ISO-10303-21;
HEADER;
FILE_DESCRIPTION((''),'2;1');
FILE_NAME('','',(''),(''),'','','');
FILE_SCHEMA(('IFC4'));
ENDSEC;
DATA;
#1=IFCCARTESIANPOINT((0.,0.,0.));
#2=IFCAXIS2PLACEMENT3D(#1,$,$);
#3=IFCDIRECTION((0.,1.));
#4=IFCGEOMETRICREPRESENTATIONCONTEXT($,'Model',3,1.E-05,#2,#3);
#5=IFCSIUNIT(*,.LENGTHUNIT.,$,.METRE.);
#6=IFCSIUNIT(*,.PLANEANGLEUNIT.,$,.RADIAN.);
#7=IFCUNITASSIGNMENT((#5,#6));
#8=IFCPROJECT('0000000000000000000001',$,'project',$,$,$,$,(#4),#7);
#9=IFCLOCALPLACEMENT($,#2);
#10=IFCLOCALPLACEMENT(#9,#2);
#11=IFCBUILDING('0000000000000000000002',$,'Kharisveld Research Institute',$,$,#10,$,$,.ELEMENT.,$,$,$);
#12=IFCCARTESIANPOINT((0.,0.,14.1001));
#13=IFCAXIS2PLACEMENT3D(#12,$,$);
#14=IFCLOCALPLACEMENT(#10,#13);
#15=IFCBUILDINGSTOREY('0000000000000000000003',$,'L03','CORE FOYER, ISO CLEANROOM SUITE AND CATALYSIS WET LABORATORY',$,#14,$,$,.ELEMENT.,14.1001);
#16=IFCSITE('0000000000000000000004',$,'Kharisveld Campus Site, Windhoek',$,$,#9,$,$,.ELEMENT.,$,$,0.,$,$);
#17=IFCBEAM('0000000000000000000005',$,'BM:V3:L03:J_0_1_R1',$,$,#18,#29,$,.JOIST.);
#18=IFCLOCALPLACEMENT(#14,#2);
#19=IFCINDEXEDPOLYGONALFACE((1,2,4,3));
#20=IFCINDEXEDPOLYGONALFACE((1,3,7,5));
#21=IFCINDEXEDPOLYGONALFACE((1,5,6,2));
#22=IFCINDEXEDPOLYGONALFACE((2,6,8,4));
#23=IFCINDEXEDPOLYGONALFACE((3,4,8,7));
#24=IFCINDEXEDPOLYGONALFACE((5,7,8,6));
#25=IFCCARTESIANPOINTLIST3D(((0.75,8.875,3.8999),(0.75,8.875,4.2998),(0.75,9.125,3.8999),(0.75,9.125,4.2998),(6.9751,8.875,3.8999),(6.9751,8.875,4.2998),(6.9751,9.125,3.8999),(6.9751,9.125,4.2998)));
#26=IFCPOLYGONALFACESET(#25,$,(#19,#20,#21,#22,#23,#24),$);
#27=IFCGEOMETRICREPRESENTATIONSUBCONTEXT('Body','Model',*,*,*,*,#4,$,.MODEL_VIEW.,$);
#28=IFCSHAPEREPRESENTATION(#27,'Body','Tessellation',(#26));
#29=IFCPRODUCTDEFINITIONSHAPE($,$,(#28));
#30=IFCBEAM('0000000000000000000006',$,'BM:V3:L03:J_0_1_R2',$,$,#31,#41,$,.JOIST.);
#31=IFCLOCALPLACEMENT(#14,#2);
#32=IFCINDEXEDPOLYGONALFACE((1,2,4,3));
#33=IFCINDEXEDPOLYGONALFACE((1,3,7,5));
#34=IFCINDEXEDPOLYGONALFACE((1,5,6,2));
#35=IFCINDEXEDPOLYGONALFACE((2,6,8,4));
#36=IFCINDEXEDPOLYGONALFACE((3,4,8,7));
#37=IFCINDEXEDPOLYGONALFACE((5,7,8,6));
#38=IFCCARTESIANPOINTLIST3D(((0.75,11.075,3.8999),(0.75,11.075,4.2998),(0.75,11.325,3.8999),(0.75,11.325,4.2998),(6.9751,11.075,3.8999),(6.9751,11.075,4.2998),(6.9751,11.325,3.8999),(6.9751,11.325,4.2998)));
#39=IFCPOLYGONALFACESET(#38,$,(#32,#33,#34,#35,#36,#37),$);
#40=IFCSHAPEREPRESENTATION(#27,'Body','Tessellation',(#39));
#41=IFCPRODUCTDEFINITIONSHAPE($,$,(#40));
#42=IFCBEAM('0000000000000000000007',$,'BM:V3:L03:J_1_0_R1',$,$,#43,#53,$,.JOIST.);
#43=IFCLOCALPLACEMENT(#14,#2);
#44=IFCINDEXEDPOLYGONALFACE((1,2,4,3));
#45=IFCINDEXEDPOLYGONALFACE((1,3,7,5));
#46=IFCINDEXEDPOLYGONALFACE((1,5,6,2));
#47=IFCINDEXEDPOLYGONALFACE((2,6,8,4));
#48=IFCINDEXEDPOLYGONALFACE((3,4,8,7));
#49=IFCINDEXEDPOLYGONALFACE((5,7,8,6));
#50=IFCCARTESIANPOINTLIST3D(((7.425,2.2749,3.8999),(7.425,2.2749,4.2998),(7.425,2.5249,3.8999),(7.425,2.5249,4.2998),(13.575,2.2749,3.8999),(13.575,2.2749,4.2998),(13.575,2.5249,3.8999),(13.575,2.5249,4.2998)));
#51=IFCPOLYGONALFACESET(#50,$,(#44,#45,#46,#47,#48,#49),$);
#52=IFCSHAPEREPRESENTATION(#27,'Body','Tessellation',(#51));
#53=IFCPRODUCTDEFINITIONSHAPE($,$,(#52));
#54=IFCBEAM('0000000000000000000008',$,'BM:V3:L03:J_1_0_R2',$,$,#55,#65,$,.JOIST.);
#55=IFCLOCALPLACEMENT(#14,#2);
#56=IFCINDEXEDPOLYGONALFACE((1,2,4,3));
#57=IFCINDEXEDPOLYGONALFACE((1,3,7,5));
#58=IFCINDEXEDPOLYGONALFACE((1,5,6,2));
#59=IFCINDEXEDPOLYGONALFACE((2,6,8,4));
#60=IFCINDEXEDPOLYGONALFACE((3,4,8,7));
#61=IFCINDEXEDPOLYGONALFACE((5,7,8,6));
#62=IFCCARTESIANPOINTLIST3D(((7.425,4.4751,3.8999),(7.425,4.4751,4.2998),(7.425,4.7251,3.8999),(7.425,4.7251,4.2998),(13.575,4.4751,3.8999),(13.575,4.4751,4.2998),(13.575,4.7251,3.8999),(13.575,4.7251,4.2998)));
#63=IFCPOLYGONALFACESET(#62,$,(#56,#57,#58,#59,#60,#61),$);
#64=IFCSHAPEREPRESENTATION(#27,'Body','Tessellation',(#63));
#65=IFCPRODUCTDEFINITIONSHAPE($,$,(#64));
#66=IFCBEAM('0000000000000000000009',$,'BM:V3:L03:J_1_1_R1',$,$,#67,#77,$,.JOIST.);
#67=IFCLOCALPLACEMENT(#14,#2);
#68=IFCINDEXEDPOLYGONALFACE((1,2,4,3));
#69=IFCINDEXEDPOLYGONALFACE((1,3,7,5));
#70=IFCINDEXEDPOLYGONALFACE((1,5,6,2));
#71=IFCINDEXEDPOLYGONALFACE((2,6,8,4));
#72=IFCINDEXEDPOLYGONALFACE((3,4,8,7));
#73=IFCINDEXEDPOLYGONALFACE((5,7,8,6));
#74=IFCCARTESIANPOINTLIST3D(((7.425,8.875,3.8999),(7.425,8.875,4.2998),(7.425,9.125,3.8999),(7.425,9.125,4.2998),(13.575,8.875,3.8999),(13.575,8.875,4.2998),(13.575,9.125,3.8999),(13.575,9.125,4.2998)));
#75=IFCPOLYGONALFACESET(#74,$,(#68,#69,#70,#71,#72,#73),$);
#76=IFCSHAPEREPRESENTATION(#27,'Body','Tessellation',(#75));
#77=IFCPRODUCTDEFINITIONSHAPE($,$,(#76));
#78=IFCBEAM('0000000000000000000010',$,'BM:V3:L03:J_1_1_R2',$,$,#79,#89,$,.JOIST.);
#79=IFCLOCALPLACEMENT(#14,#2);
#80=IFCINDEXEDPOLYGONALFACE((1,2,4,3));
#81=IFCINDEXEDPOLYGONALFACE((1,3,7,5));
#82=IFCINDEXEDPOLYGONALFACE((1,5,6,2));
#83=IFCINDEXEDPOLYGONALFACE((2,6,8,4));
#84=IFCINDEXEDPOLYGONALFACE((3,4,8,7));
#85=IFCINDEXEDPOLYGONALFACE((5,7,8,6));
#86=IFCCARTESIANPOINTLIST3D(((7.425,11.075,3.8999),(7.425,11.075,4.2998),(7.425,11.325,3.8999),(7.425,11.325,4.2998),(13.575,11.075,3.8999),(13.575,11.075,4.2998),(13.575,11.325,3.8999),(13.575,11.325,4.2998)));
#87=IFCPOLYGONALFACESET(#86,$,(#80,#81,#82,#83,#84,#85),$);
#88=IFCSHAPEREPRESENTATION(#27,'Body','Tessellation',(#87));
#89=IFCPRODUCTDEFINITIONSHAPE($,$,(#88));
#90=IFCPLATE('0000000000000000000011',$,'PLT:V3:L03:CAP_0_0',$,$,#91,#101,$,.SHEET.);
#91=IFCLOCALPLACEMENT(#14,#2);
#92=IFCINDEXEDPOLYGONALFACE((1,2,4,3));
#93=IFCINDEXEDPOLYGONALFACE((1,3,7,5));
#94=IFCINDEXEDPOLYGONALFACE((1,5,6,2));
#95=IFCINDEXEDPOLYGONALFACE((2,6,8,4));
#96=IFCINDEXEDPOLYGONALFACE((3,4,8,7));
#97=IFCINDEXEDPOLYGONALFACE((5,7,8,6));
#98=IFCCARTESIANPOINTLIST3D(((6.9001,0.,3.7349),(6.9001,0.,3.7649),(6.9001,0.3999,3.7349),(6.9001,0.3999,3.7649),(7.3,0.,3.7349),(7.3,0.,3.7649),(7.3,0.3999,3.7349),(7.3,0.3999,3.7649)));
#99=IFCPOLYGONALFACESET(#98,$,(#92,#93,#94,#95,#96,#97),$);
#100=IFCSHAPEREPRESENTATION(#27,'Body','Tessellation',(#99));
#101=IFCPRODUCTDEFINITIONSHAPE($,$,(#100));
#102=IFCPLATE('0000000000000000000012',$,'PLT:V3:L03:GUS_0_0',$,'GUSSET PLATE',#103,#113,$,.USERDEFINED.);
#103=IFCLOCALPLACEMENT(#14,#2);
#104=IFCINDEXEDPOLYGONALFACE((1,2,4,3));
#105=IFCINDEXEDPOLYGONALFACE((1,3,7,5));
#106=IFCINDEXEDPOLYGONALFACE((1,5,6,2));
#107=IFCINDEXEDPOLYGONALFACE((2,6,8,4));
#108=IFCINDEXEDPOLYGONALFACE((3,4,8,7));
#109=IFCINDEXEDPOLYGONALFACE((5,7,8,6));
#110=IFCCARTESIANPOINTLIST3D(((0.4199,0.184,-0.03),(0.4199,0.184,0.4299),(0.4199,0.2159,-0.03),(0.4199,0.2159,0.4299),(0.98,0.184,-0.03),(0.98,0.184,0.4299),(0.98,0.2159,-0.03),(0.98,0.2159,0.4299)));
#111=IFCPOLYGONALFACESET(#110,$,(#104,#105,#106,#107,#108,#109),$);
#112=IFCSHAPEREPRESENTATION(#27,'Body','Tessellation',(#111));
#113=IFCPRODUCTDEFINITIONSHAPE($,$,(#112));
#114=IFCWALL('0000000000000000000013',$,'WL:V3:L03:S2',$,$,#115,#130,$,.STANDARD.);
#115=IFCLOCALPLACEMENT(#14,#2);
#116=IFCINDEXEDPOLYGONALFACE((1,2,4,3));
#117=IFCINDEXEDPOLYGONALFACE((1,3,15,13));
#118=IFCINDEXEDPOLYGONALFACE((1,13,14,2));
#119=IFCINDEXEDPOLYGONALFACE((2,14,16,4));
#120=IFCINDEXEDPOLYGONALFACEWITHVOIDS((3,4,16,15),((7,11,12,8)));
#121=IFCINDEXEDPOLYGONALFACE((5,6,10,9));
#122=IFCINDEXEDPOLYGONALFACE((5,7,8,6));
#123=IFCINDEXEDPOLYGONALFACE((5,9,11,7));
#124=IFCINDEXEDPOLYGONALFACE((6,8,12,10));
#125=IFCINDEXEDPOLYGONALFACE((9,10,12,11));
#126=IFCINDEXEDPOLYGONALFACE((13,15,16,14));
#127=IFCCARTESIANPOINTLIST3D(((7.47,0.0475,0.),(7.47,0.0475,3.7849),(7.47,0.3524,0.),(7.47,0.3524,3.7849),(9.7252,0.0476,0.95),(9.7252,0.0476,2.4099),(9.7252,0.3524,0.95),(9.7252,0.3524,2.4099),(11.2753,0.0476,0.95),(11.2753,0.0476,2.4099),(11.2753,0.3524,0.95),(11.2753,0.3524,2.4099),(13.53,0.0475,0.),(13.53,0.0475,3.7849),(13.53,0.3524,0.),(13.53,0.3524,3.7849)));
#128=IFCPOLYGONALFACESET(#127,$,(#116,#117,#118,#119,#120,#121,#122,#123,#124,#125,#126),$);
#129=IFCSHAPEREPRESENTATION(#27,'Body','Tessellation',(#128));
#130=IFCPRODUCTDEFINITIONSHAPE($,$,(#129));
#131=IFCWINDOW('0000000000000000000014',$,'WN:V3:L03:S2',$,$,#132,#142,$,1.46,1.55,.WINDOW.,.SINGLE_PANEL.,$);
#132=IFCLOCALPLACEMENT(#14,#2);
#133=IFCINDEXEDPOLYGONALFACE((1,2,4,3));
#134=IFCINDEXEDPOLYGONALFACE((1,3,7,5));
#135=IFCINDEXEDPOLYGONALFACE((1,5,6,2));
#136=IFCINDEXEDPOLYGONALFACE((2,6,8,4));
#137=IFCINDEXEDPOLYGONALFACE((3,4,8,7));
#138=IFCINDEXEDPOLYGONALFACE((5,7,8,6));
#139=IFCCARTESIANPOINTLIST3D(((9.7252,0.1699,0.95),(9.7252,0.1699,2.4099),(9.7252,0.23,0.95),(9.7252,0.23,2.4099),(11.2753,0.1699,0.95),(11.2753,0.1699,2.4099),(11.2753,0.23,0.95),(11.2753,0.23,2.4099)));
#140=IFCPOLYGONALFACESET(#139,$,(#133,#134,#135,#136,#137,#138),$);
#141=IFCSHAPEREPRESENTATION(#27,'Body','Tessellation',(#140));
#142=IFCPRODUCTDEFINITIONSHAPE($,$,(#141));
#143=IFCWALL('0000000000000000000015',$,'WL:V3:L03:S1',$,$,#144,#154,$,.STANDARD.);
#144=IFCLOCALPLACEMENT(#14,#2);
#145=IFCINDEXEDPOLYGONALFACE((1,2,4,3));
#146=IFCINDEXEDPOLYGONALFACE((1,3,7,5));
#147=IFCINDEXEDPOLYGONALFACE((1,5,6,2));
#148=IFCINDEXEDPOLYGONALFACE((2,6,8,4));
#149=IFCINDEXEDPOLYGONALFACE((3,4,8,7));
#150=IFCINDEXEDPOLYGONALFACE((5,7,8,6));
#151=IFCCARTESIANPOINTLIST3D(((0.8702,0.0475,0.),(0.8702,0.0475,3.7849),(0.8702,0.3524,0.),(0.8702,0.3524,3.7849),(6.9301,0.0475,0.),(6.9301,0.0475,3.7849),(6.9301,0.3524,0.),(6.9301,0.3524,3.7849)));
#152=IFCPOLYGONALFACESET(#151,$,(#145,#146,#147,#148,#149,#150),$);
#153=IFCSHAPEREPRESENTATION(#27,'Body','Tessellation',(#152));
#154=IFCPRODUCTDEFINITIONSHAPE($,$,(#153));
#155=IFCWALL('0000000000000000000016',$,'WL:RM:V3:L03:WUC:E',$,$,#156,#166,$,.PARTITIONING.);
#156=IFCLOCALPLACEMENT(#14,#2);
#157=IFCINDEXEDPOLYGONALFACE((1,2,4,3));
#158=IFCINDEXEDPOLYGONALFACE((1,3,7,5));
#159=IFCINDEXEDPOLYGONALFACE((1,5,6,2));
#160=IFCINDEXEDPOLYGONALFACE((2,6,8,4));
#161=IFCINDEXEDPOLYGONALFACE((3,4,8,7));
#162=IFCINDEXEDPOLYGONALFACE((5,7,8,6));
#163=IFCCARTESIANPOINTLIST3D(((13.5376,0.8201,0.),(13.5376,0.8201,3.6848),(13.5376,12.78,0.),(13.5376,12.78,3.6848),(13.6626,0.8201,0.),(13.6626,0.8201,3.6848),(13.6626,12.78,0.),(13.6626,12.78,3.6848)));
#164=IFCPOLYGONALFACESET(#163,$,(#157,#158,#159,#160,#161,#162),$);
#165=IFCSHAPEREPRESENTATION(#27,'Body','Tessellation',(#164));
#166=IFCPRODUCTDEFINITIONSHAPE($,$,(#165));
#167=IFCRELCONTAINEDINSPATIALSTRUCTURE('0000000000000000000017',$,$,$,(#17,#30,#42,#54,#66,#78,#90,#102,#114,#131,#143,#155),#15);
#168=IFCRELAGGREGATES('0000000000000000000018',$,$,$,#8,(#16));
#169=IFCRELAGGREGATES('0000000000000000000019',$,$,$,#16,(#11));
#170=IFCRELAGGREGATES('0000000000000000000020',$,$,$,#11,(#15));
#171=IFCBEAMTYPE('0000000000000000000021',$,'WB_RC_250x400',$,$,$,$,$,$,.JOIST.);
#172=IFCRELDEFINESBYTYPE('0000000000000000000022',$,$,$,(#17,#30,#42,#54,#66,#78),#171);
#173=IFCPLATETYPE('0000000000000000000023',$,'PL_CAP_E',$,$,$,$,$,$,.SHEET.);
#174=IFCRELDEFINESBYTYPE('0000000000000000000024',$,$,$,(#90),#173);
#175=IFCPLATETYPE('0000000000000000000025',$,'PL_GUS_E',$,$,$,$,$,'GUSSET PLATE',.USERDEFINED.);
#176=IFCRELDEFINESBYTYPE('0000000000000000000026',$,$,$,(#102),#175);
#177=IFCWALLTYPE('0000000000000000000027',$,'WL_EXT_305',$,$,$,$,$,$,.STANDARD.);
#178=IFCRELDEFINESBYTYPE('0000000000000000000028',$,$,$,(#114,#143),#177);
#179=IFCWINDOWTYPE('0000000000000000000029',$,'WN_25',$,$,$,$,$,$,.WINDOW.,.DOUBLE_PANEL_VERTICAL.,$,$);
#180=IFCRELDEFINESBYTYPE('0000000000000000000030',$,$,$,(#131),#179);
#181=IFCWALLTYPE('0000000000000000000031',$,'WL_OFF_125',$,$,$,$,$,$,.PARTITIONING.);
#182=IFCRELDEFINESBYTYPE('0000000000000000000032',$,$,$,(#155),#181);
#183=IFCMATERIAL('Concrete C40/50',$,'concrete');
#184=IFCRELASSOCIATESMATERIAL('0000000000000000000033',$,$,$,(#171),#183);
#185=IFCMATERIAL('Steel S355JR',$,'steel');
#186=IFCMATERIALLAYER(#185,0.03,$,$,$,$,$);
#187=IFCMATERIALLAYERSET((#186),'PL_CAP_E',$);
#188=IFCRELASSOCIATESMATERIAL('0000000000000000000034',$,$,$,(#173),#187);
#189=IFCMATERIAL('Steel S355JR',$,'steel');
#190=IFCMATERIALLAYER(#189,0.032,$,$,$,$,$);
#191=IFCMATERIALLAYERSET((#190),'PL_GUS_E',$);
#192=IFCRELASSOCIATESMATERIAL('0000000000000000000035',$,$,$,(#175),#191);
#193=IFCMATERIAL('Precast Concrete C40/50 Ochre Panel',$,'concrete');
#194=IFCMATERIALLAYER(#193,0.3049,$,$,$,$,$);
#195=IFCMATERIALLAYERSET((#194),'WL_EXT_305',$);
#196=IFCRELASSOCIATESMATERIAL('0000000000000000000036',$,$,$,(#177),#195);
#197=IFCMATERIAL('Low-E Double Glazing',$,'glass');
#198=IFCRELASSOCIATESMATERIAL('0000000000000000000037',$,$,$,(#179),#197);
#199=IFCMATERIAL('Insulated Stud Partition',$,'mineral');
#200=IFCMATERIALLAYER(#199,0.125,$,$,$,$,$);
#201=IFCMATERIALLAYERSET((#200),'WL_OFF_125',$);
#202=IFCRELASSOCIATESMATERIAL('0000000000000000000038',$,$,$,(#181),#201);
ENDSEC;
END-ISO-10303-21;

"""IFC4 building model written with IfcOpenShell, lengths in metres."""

from ifc_helpers import new_model, si_unit, direction, frame, frame_2d, origin, origin_2d, place, context, subcontext, project, spatial, rectangle, extrude, material, layer, layer_set, material_profile, profile_set, type_object, element, fill, save


model = new_model("IFC4")

# Units and contexts
model_context = context("Model", 3, precision=1e-05, world=origin(), true_north=direction((0.0, 1.0)))
body_context = subcontext(model_context, "Body", "Model", "MODEL_VIEW")
ifc_project = project(units=[si_unit("LENGTHUNIT", "METRE"), si_unit("PLANEANGLEUNIT", "RADIAN")], contexts=[model_context])

# Site, building, storey
site_placement = place(None, origin())
site = spatial("IfcSite", under=ifc_project, at=site_placement, Name="Kharisveld Campus Site, Windhoek", CompositionType="ELEMENT", RefElevation=0.0)
building_placement = place(site_placement, origin())
building = spatial("IfcBuilding", under=site, at=building_placement, Name="Kharisveld Research Institute", CompositionType="ELEMENT")
storey_placement = place(building_placement, frame((0.0, 0.0, 14.1001)))
storey = spatial("IfcBuildingStorey", under=building, at=storey_placement, Name="L03", Description="CORE FOYER, ISO CLEANROOM SUITE AND CATALYSIS WET LABORATORY", CompositionType="ELEMENT", Elevation=14.1001)

# Beams
ifc_material_1 = material(Name="Concrete C40/50", Category="concrete")
ifc_material_profile_1 = material_profile(ifc_material_1, rectangle(XDim=0.25, YDim=0.3999, at=origin_2d()))
ifc_profile_set_1 = profile_set([ifc_material_profile_1], Name="Concrete C40/50")
beam_type_1 = type_object("IfcBeamType", Name="WB_RC_250x400", PredefinedType="JOIST", material=ifc_profile_set_1)
for number, where, z_axis, x_axis, name in (
    (1, (0.75, 9.0, 4.0999), (1.0, 0.0, 0.0), (0.0, 1.0, 0.0), "BM:V3:L03:J_0_1_R1"),
    (2, (0.75, 11.2, 4.0999), (1.0, 0.0, 0.0), (0.0, 1.0, 0.0), "BM:V3:L03:J_0_1_R2"),
):
    element("IfcBeam", number, at=place(storey_placement, frame(where, z_axis=z_axis, x_axis=x_axis)), inside=storey, type_object=beam_type_1, Name=name, PredefinedType="JOIST", context=body_context, shape_type="SweptSolid", body=[
        extrude(rectangle(XDim=0.25, YDim=0.3999, at=origin_2d()), origin(), (0.0, 0.0, 1.0), 6.2251),
    ])
for number, where, z_axis, x_axis, name in (
    (3, (7.425, 2.3999, 4.0999), (1.0, 0.0, 0.0), (0.0, 1.0, 0.0), "BM:V3:L03:J_1_0_R1"),
    (4, (7.425, 4.6001, 4.0999), (1.0, 0.0, 0.0), (0.0, 1.0, 0.0), "BM:V3:L03:J_1_0_R2"),
    (5, (7.425, 9.0, 4.0999), (1.0, 0.0, 0.0), (0.0, 1.0, 0.0), "BM:V3:L03:J_1_1_R1"),
    (6, (7.425, 11.2, 4.0999), (1.0, 0.0, 0.0), (0.0, 1.0, 0.0), "BM:V3:L03:J_1_1_R2"),
):
    element("IfcBeam", number, at=place(storey_placement, frame(where, z_axis=z_axis, x_axis=x_axis)), inside=storey, type_object=beam_type_1, Name=name, PredefinedType="JOIST", context=body_context, shape_type="SweptSolid", body=[
        extrude(rectangle(XDim=0.25, YDim=0.3999, at=origin_2d()), origin(), (0.0, 0.0, 1.0), 6.1499),
    ])

# Plates
ifc_material_2 = material(Name="Steel S355JR", Category="steel")
ifc_layer_1 = layer(ifc_material_2, 0.03)
ifc_layer_set_1 = layer_set([ifc_layer_1], Name="PL_CAP_E")
plate_type_1 = type_object("IfcPlateType", Name="PL_CAP_E", PredefinedType="SHEET", material=ifc_layer_set_1)
plate_1_placement = place(storey_placement, frame((7.1001, 0.2, 3.7349), z_axis=(0.0, 0.0, 1.0), x_axis=(1.0, 0.0, 0.0)))
element("IfcPlate", 7, at=plate_1_placement, inside=storey, type_object=plate_type_1, Name="PLT:V3:L03:CAP_0_0", PredefinedType="SHEET", context=body_context, shape_type="SweptSolid", body=[
    extrude(rectangle(XDim=0.3999, YDim=0.3999, at=origin_2d()), origin(), (0.0, 0.0, 1.0), 0.03),
])
ifc_material_3 = material(Name="Steel S355JR", Category="steel")
ifc_layer_2 = layer(ifc_material_3, 0.032)
ifc_layer_set_2 = layer_set([ifc_layer_2], Name="PL_GUS_E")
plate_type_2 = type_object("IfcPlateType", Name="PL_GUS_E", ElementType="GUSSET PLATE", PredefinedType="USERDEFINED", material=ifc_layer_set_2)
plate_2_placement = place(storey_placement, frame((0.7, 0.2, -0.03), z_axis=(0.0, 0.0, 1.0), x_axis=(1.0, 0.0, 0.0)))
element("IfcPlate", 8, at=plate_2_placement, inside=storey, type_object=plate_type_2, Name="PLT:V3:L03:GUS_0_0", ObjectType="GUSSET PLATE", PredefinedType="USERDEFINED", context=body_context, shape_type="SweptSolid", body=[
    extrude(rectangle(XDim=0.5601, YDim=0.032, at=origin_2d()), origin(), (0.0, 0.0, 1.0), 0.46),
])

# Wall, opening, window
ifc_material_4 = material(Name="Precast Concrete C40/50 Ochre Panel", Category="concrete")
ifc_layer_3 = layer(ifc_material_4, 0.3049)
ifc_layer_set_3 = layer_set([ifc_layer_3], Name="WL_EXT_305")
wall_type_1 = type_object("IfcWallType", Name="WL_EXT_305", PredefinedType="STANDARD", material=ifc_layer_set_3)
wall_1_placement = place(storey_placement, frame((13.53, 0.2, 0.0), z_axis=(0.0, 0.0, 1.0), x_axis=(-1.0, 0.0, 0.0)))
wall_1 = element("IfcWall", 9, at=wall_1_placement, inside=storey, type_object=wall_type_1, Name="WL:V3:L03:S2", PredefinedType="STANDARD", context=body_context, shape_type="SweptSolid", body=[
    extrude(rectangle(XDim=6.0601, YDim=0.3049, at=frame_2d((3.03, 0.0))), origin(), (0.0, 0.0, 1.0), 3.7849),
])
opening_1_placement = place(wall_1_placement, frame((2.2549, 0.0, 0.95)))
opening_1 = element("IfcOpeningElement", 10, at=opening_1_placement, cuts=wall_1, PredefinedType="OPENING", context=body_context, shape_type="SweptSolid", body=[
    extrude(rectangle(XDim=1.55, YDim=1.46, at=frame_2d((0.7749, 0.73))), frame((0.0, 0.1523, 0.0), z_axis=(0.0, -1.0, 0.0), x_axis=(1.0, 0.0, 0.0)), (0.0, 0.0, 1.0), 0.3049),
])
ifc_material_5 = material(Name="Low-E Double Glazing", Category="glass")
window_type = type_object("IfcWindowType", Name="WN_25", PartitioningType="DOUBLE_PANEL_VERTICAL", PredefinedType="WINDOW", material=ifc_material_5)
window_placement = place(opening_1_placement, origin())
window = element("IfcWindow", 11, at=window_placement, inside=storey, type_object=window_type, Name="WN:V3:L03:S2", OverallHeight=1.46, OverallWidth=1.55, PartitioningType="SINGLE_PANEL", PredefinedType="WINDOW", context=body_context, shape_type="SweptSolid", body=[
    extrude(rectangle(XDim=1.55, YDim=1.46, at=frame_2d((0.7749, 0.73))), frame((0.0, 0.03, 0.0), z_axis=(0.0, -1.0, 0.0), x_axis=(1.0, 0.0, 0.0)), (0.0, 0.0, 1.0), 0.0601),
])
fill(opening_1, window)

# Walls
wall_2_placement = place(storey_placement, frame((6.9299, 0.2, 0.0), z_axis=(0.0, 0.0, 1.0), x_axis=(-1.0, 0.0, 0.0)))
element("IfcWall", 12, at=wall_2_placement, inside=storey, type_object=wall_type_1, Name="WL:V3:L03:S1", PredefinedType="STANDARD", context=body_context, shape_type="SweptSolid", body=[
    extrude(rectangle(XDim=6.0598, YDim=0.3049, at=frame_2d((3.0298, 0.0))), origin(), (0.0, 0.0, 1.0), 3.7849),
])
ifc_material_6 = material(Name="Insulated Stud Partition", Category="mineral")
ifc_layer_4 = layer(ifc_material_6, 0.125)
ifc_layer_set_4 = layer_set([ifc_layer_4], Name="WL_OFF_125")
wall_type_2 = type_object("IfcWallType", Name="WL_OFF_125", PredefinedType="PARTITIONING", material=ifc_layer_set_4)
wall_3_placement = place(storey_placement, frame((13.6001, 0.8201, 0.0), z_axis=(0.0, 0.0, 1.0), x_axis=(0.0, 1.0, 0.0)))
element("IfcWall", 13, at=wall_3_placement, inside=storey, type_object=wall_type_2, Name="WL:RM:V3:L03:WUC:E", PredefinedType="PARTITIONING", context=body_context, shape_type="SweptSolid", body=[
    extrude(rectangle(XDim=11.96, YDim=0.125, at=frame_2d((5.98, 0.0))), origin(), (0.0, 0.0, 1.0), 3.6848),
])

save(model, "model.ifc")
